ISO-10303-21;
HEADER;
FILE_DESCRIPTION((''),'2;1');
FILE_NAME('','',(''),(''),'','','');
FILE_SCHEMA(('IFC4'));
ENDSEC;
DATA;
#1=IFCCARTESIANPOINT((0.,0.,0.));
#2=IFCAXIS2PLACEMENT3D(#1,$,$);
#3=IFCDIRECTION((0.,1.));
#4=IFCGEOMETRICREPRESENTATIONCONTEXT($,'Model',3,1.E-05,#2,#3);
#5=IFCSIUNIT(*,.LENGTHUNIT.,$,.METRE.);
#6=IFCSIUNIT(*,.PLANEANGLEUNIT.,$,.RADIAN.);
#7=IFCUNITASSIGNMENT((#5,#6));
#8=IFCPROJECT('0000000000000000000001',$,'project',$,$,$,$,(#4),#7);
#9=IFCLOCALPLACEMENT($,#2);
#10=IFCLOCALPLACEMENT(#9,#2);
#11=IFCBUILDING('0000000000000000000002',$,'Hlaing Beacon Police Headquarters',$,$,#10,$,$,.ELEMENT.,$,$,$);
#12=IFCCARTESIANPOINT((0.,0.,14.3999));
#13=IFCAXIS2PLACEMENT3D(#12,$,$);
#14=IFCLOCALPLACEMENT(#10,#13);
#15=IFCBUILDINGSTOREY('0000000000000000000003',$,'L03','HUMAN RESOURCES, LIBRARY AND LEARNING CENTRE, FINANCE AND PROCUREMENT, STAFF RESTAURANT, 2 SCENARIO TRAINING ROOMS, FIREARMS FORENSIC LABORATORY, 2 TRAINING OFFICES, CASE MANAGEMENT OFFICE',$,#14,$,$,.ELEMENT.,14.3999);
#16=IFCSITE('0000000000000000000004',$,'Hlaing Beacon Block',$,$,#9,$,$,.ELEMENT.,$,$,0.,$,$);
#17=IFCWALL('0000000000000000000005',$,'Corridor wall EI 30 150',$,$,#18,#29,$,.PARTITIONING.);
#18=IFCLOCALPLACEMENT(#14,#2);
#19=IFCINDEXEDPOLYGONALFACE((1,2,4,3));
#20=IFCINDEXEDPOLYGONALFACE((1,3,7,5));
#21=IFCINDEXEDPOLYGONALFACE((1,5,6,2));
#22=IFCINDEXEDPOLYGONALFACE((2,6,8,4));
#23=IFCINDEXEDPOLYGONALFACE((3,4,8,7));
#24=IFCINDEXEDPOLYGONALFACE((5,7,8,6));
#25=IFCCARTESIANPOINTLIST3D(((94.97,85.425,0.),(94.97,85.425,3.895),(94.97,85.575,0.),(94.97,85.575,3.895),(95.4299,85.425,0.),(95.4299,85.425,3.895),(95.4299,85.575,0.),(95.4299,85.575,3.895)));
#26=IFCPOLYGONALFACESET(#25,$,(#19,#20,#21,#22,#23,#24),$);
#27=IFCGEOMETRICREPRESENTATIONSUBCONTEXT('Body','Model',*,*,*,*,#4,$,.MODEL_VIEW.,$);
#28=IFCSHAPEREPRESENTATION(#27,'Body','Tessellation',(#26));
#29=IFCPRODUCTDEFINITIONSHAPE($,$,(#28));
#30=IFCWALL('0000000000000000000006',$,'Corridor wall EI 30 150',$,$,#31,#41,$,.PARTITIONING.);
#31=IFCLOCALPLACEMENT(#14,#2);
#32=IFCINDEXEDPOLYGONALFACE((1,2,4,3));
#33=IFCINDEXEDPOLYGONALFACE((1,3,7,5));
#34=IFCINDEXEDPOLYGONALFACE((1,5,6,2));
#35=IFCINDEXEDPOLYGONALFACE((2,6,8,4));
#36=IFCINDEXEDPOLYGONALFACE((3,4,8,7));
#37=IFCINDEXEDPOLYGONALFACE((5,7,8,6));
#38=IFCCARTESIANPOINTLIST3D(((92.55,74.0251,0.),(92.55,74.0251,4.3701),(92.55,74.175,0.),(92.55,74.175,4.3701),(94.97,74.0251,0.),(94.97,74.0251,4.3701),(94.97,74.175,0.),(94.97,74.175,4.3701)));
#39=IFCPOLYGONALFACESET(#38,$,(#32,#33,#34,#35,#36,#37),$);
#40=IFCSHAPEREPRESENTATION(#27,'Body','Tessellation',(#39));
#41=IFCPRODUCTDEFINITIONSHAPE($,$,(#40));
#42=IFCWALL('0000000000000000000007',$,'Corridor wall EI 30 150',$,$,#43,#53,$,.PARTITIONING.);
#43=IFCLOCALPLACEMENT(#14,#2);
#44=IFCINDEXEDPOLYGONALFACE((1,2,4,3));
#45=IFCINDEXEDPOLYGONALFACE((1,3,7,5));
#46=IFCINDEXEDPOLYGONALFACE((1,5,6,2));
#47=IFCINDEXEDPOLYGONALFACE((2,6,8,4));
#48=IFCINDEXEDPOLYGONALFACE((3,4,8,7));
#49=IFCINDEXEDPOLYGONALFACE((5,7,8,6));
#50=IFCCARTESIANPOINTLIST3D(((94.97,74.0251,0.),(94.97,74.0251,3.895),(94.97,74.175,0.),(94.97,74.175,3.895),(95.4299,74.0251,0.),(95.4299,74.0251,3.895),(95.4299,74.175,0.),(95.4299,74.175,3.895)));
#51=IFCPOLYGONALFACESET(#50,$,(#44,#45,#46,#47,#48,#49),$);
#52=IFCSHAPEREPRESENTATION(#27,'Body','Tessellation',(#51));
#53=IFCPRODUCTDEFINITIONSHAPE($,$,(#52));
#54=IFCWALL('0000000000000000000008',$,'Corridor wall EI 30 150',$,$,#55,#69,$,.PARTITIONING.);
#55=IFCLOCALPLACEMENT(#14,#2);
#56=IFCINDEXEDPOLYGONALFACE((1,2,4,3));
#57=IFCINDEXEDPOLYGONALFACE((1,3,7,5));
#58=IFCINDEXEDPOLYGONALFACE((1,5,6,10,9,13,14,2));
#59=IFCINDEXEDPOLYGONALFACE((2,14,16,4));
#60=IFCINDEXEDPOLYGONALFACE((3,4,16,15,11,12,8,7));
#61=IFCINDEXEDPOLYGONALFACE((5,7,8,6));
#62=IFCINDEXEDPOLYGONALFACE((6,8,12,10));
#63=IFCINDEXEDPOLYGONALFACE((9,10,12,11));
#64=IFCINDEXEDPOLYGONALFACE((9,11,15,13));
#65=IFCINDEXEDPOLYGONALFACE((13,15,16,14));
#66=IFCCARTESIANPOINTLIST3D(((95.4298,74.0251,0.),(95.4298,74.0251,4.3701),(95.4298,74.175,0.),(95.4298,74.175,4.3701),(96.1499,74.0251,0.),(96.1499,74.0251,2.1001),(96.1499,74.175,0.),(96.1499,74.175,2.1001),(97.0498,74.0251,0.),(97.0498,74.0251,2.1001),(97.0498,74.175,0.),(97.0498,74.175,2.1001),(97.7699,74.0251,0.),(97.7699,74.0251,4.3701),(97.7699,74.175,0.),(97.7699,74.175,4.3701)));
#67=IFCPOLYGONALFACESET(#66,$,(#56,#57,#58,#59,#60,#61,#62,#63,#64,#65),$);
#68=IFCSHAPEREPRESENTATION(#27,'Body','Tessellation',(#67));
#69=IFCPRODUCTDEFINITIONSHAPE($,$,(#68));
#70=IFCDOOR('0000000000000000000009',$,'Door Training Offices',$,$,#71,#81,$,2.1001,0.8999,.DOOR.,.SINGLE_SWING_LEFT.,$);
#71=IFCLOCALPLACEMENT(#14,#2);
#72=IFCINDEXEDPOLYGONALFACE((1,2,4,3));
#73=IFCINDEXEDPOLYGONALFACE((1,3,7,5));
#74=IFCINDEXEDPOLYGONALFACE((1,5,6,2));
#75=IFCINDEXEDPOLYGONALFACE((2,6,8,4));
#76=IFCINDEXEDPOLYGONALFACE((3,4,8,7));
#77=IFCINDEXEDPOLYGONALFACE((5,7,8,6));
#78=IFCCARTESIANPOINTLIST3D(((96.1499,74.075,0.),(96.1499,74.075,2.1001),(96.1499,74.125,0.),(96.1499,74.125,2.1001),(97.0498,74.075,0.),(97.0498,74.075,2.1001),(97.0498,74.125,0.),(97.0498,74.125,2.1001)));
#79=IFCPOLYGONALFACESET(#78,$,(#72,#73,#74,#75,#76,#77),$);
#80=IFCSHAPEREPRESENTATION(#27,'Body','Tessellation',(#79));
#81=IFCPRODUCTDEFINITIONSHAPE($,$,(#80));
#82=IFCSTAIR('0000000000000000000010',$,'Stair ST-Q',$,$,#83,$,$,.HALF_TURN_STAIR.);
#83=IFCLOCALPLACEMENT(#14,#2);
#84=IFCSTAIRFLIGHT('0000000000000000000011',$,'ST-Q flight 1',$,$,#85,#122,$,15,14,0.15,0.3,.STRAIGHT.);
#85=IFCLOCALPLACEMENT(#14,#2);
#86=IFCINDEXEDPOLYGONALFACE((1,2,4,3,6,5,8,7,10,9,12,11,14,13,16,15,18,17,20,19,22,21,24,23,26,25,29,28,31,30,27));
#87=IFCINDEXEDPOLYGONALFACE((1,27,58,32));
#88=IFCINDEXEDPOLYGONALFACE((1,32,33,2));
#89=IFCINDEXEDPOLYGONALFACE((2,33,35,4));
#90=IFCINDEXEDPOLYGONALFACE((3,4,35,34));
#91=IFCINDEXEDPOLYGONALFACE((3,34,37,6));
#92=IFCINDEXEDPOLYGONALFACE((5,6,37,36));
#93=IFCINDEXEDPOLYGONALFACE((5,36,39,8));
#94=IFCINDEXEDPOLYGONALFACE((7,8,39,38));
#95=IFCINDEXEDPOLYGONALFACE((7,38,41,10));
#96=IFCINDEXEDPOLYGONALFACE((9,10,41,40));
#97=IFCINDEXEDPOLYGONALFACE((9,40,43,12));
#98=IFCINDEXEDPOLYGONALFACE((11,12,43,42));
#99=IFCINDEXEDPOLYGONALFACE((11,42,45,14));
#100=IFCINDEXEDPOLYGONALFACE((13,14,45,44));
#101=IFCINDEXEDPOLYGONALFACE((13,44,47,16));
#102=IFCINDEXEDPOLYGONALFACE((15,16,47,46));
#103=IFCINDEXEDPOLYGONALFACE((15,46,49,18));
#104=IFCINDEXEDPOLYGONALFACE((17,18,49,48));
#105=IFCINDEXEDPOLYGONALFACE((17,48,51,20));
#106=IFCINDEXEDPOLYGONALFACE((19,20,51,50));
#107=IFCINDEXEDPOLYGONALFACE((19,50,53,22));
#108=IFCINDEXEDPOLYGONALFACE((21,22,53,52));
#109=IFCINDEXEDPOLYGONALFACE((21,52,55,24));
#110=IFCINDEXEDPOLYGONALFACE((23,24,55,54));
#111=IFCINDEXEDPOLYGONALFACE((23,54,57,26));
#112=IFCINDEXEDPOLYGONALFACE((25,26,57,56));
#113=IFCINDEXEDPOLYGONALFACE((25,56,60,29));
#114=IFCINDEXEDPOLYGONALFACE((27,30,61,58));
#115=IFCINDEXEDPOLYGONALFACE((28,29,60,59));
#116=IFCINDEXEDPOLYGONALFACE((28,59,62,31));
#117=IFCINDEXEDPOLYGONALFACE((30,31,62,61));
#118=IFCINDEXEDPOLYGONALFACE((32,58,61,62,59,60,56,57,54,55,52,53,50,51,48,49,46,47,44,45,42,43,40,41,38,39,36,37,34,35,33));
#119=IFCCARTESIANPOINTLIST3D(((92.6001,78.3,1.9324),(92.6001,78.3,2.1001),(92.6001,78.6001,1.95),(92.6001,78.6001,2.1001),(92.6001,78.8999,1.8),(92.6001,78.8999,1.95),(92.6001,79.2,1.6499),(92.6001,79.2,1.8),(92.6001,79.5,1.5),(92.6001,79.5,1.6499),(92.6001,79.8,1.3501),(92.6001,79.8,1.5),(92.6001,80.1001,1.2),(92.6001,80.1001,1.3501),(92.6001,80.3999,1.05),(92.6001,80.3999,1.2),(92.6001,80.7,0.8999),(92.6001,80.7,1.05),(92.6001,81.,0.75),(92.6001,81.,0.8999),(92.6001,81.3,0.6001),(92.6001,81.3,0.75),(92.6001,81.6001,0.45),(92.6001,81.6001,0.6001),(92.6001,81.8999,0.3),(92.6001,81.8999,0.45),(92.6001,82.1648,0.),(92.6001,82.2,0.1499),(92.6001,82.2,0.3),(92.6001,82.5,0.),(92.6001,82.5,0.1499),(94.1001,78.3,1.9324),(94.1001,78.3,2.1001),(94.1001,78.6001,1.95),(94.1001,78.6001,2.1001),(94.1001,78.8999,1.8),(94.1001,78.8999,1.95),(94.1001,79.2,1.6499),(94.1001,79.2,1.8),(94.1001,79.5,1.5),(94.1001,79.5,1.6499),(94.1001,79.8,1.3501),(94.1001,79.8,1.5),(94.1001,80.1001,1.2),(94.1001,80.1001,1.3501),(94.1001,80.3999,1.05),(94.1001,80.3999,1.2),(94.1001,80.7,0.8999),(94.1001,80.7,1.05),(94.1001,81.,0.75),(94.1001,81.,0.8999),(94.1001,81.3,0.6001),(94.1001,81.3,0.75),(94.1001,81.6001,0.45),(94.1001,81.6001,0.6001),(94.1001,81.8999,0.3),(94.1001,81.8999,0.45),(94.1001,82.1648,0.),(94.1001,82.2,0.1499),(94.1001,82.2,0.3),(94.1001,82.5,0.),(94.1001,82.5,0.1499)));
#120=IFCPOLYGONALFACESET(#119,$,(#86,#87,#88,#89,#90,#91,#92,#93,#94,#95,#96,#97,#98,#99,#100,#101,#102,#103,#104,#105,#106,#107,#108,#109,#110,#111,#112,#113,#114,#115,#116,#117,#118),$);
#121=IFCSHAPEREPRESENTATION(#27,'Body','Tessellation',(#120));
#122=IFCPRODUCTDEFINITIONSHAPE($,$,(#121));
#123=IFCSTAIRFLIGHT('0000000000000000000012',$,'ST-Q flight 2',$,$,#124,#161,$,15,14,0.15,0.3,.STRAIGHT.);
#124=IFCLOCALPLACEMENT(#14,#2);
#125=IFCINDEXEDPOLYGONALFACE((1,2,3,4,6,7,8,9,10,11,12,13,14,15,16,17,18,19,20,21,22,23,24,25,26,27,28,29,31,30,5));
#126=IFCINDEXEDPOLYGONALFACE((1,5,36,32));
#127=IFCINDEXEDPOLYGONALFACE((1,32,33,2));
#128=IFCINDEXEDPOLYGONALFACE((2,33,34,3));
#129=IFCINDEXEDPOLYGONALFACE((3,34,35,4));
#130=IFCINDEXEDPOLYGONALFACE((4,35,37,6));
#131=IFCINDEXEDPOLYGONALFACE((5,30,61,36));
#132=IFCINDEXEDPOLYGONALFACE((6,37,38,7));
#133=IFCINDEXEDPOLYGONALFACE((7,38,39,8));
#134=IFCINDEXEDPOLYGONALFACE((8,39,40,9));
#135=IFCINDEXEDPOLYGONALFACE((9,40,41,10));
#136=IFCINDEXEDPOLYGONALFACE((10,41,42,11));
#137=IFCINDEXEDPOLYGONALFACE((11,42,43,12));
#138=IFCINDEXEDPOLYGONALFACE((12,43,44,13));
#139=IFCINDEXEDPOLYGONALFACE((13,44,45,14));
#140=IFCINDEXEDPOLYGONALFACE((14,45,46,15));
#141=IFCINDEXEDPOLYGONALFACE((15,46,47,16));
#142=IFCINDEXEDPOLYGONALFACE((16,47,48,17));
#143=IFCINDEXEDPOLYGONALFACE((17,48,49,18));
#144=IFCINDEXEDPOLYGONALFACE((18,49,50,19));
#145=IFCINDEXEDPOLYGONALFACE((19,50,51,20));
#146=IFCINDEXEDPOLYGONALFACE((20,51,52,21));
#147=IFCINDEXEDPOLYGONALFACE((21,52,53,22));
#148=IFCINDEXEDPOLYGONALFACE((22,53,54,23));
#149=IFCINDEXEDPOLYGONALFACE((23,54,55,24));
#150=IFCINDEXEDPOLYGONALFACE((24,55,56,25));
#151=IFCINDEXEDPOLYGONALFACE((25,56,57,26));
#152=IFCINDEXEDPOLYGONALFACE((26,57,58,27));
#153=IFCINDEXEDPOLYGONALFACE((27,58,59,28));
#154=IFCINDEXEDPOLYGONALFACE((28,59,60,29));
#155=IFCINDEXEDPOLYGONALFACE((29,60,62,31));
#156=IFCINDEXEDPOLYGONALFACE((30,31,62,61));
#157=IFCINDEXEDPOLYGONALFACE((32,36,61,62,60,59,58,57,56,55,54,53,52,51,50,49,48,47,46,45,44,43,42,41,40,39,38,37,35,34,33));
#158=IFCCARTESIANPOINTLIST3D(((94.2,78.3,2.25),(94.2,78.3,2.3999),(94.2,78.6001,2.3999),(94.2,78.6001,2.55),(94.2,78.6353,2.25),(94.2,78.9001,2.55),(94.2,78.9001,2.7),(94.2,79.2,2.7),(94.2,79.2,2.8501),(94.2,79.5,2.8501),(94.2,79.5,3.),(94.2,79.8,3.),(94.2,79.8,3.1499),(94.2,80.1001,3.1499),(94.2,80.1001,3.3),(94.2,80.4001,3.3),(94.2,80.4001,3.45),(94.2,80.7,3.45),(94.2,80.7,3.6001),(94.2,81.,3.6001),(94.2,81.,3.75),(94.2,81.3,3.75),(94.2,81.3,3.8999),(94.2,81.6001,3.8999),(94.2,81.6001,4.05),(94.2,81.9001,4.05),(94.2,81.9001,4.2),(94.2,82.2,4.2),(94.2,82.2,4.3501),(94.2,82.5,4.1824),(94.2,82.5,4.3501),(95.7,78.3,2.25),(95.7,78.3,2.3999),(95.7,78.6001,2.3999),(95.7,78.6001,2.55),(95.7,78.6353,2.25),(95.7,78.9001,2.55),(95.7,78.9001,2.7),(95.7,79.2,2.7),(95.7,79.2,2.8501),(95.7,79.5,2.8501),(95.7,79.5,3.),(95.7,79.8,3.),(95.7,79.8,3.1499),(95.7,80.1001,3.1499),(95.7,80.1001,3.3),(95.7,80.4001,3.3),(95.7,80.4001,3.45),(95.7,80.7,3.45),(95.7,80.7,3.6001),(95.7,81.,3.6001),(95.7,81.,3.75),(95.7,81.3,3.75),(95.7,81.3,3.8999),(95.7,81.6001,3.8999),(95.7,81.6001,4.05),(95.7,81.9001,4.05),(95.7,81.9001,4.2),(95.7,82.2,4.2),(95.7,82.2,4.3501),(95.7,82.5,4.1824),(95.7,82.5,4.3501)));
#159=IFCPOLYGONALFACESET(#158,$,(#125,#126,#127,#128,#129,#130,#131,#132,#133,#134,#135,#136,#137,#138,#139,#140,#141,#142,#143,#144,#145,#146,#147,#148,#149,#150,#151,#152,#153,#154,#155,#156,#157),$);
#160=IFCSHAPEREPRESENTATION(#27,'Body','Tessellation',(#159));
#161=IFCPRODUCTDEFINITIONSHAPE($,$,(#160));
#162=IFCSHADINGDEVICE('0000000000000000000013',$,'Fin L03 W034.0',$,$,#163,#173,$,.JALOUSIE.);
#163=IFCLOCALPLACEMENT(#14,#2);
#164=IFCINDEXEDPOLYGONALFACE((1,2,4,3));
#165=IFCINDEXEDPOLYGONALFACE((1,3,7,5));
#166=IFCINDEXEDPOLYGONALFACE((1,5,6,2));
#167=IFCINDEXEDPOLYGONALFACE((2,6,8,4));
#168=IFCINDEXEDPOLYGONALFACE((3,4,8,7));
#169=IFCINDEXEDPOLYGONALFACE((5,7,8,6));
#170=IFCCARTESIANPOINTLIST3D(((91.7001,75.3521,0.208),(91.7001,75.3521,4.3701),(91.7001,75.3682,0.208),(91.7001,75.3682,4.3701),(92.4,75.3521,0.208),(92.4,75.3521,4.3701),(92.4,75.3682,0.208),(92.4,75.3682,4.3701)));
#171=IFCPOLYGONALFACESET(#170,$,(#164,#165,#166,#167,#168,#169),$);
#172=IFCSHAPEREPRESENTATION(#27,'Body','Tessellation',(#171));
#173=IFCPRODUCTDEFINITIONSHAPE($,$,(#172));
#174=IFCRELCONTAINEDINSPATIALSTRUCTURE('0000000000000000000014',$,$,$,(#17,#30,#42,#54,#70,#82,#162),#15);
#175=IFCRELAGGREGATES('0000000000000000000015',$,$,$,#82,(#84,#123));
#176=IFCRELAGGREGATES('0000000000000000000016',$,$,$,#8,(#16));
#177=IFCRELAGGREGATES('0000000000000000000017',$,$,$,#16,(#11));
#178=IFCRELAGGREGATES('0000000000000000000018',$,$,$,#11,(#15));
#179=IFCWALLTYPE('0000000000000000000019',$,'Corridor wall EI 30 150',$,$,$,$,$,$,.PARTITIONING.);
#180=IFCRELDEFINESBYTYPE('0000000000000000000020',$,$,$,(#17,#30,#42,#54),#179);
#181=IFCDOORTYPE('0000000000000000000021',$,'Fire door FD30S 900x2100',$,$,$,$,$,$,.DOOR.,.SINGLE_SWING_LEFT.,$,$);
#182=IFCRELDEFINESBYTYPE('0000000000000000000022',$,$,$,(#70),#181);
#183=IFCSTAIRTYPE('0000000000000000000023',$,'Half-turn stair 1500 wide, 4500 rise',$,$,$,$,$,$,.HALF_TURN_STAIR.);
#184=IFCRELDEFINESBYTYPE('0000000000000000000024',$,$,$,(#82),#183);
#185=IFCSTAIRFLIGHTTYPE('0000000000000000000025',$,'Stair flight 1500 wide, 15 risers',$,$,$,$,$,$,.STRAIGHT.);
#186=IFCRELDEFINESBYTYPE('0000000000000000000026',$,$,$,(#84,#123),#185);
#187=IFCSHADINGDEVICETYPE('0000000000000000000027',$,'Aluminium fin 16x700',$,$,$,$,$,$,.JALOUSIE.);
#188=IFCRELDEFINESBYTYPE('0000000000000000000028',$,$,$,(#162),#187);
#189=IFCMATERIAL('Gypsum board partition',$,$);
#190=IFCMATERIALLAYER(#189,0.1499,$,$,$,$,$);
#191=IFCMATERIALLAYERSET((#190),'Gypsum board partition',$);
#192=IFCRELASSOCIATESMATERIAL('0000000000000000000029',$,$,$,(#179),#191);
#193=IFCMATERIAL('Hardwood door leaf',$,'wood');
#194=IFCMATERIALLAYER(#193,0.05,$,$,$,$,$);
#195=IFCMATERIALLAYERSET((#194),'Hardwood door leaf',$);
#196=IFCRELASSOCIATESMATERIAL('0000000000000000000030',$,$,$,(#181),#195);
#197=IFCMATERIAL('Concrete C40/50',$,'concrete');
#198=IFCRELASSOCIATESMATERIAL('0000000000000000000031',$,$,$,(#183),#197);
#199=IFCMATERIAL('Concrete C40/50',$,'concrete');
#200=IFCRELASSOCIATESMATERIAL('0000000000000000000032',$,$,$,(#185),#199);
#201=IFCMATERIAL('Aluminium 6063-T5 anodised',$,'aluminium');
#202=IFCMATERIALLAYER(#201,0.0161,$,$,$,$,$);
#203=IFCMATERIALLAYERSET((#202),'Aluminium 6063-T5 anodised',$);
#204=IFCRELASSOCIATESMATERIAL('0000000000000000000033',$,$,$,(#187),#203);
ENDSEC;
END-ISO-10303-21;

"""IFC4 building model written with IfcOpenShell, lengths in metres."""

from ifc_helpers import new_model, si_unit, direction, frame, frame_2d, origin, origin_2d, place, context, subcontext, project, spatial, polyline, rectangle, outline, extrude, material, layer, layer_set, type_object, element, fill, aggregate, save


model = new_model("IFC4")

# Units and contexts
model_context = context("Model", 3, precision=1e-05, world=origin(), true_north=direction((0.0, 1.0)))
body_context = subcontext(model_context, "Body", "Model", "MODEL_VIEW")
ifc_project = project(units=[si_unit("LENGTHUNIT", "METRE"), si_unit("PLANEANGLEUNIT", "RADIAN")], contexts=[model_context])

# Site, building, storey
site_placement = place(None, origin())
site = spatial("IfcSite", under=ifc_project, at=site_placement, Name="Hlaing Beacon Block", CompositionType="ELEMENT", RefElevation=0.0)
building_placement = place(site_placement, origin())
building = spatial("IfcBuilding", under=site, at=building_placement, Name="Hlaing Beacon Police Headquarters", CompositionType="ELEMENT")
storey_placement = place(building_placement, frame((0.0, 0.0, 14.3999)))
storey = spatial("IfcBuildingStorey", under=building, at=storey_placement, Name="L03", Description="HUMAN RESOURCES, LIBRARY AND LEARNING CENTRE, FINANCE AND PROCUREMENT, STAFF RESTAURANT, 2 SCENARIO TRAINING ROOMS, FIREARMS FORENSIC LABORATORY, 2 TRAINING OFFICES, CASE MANAGEMENT OFFICE", CompositionType="ELEMENT", Elevation=14.3999)

# Walls
ifc_material_1 = material(Name="Gypsum board partition")
ifc_layer_1 = layer(ifc_material_1, 0.1499)
ifc_layer_set_1 = layer_set([ifc_layer_1], Name="Gypsum board partition")
wall_type_1 = type_object("IfcWallType", Name="Corridor wall EI 30 150", PredefinedType="PARTITIONING", material=ifc_layer_set_1)
wall_1_placement = place(storey_placement, frame((94.97, 85.5, 0.0), z_axis=(0.0, 0.0, 1.0), x_axis=(1.0, 0.0, 0.0)))
element("IfcWall", 1, at=wall_1_placement, inside=storey, type_object=wall_type_1, Name="Corridor wall EI 30 150", PredefinedType="PARTITIONING", context=body_context, shape_type="SweptSolid", body=[
    extrude(rectangle(XDim=0.46, YDim=0.1499, at=frame_2d((0.23, 0.0))), origin(), (0.0, 0.0, 1.0), 3.895),
])
wall_2_placement = place(storey_placement, frame((92.55, 74.1001, 0.0), z_axis=(0.0, 0.0, 1.0), x_axis=(1.0, 0.0, 0.0)))
element("IfcWall", 2, at=wall_2_placement, inside=storey, type_object=wall_type_1, Name="Corridor wall EI 30 150", PredefinedType="PARTITIONING", context=body_context, shape_type="SweptSolid", body=[
    extrude(rectangle(XDim=2.4199, YDim=0.1499, at=frame_2d((1.21, 0.0))), origin(), (0.0, 0.0, 1.0), 4.3701),
])
wall_3_placement = place(storey_placement, frame((94.97, 74.1001, 0.0), z_axis=(0.0, 0.0, 1.0), x_axis=(1.0, 0.0, 0.0)))
element("IfcWall", 3, at=wall_3_placement, inside=storey, type_object=wall_type_1, Name="Corridor wall EI 30 150", PredefinedType="PARTITIONING", context=body_context, shape_type="SweptSolid", body=[
    extrude(rectangle(XDim=0.46, YDim=0.1499, at=frame_2d((0.23, 0.0))), origin(), (0.0, 0.0, 1.0), 3.895),
])

# Wall, opening, door
wall_4_placement = place(storey_placement, frame((95.4299, 74.1001, 0.0), z_axis=(0.0, 0.0, 1.0), x_axis=(1.0, 0.0, 0.0)))
wall_4 = element("IfcWall", 4, at=wall_4_placement, inside=storey, type_object=wall_type_1, Name="Corridor wall EI 30 150", PredefinedType="PARTITIONING", context=body_context, shape_type="SweptSolid", body=[
    extrude(rectangle(XDim=2.3401, YDim=0.1499, at=frame_2d((1.1699, 0.0))), origin(), (0.0, 0.0, 1.0), 4.3701),
])
opening_placement = place(wall_4_placement, frame((0.72, 0.0, 0.0)))
opening = element("IfcOpeningElement", 5, at=opening_placement, cuts=wall_4, PredefinedType="OPENING", context=body_context, shape_type="SweptSolid", body=[
    extrude(rectangle(XDim=0.8999, YDim=2.1001, at=frame_2d((0.45, 1.05))), frame((0.0, 0.085, 0.0), z_axis=(0.0, -1.0, 0.0), x_axis=(1.0, 0.0, 0.0)), (0.0, 0.0, 1.0), 0.1699),
])
ifc_material_2 = material(Name="Hardwood door leaf", Category="wood")
ifc_layer_2 = layer(ifc_material_2, 0.05)
ifc_layer_set_2 = layer_set([ifc_layer_2], Name="Hardwood door leaf")
door_type = type_object("IfcDoorType", Name="Fire door FD30S 900x2100", OperationType="SINGLE_SWING_LEFT", PredefinedType="DOOR", material=ifc_layer_set_2)
door_placement = place(opening_placement, frame((0.8999, 0.0, 0.0), z_axis=(0.0, 0.0, 1.0), x_axis=(-1.0, 0.0, 0.0)))
door = element("IfcDoor", 6, at=door_placement, inside=storey, type_object=door_type, Name="Door Training Offices", OperationType="SINGLE_SWING_LEFT", OverallHeight=2.1001, OverallWidth=0.8999, PredefinedType="DOOR", context=body_context, shape_type="SweptSolid", body=[
    extrude(rectangle(XDim=0.8999, YDim=2.1001, at=frame_2d((0.45, 1.05))), frame((0.0, 0.0251, 0.0), z_axis=(0.0, -1.0, 0.0), x_axis=(1.0, 0.0, 0.0)), (0.0, 0.0, 1.0), 0.05),
])
fill(opening, door)

# Stair, stair flights
ifc_material_3 = material(Name="Concrete C40/50", Category="concrete")
stair_type = type_object("IfcStairType", Name="Half-turn stair 1500 wide, 4500 rise", PredefinedType="HALF_TURN_STAIR", material=ifc_material_3)
stair_placement = place(storey_placement, origin())
stair = element("IfcStair", 7, at=stair_placement, inside=storey, type_object=stair_type, Name="Stair ST-Q", PredefinedType="HALF_TURN_STAIR")
ifc_material_4 = material(Name="Concrete C40/50", Category="concrete")
stair_flight_type = type_object("IfcStairFlightType", Name="Stair flight 1500 wide, 15 risers", PredefinedType="STRAIGHT", material=ifc_material_4)
stair_flight_1_placement = place(storey_placement, frame((93.3501, 82.5, 0.0), z_axis=(0.0, 0.0, 1.0), x_axis=(0.0, -1.0, 0.0)))
stair_flight_1 = element("IfcStairFlight", 8, at=stair_flight_1_placement, type_object=stair_flight_type, Name="ST-Q flight 1", NumberOfRisers=15, NumberOfTreads=14, PredefinedType="STRAIGHT", RiserHeight=0.15, TreadLength=0.3, context=body_context, shape_type="SweptSolid", body=[
    extrude(outline(polyline([(0.0, 0.0), (0.0, 0.1499), (0.3, 0.1499), (0.3, 0.3), (0.6001, 0.3), (0.6001, 0.45), (0.8999, 0.45), (0.8999, 0.6001), (1.2, 0.6001), (1.2, 0.75), (1.5, 0.75), (1.5, 0.8999), (1.8, 0.8999), (1.8, 1.05), (2.1001, 1.05), (2.1001, 1.2), (2.3999, 1.2), (2.3999, 1.3501), (2.7, 1.3501), (2.7, 1.5), (3.0, 1.5), (3.0, 1.6499), (3.3, 1.6499), (3.3, 1.8), (3.6001, 1.8), (3.6001, 1.95), (3.8999, 1.95), (3.8999, 2.1001), (4.2, 2.1001), (4.2, 2.25), (4.2, 1.9324), (0.3352, 0.0), (0.0, 0.0)])), frame((0.0, 0.75, 0.0), z_axis=(0.0, -1.0, 0.0), x_axis=(1.0, 0.0, 0.0)), (0.0, 0.0, 1.0), 1.5),
])
stair_flight_2_placement = place(storey_placement, frame((94.95, 78.3, 2.25), z_axis=(0.0, 0.0, 1.0), x_axis=(0.0, 1.0, 0.0)))
stair_flight_2 = element("IfcStairFlight", 9, at=stair_flight_2_placement, type_object=stair_flight_type, Name="ST-Q flight 2", NumberOfRisers=15, NumberOfTreads=14, PredefinedType="STRAIGHT", RiserHeight=0.15, TreadLength=0.3, context=body_context, shape_type="SweptSolid", body=[
    extrude(outline(polyline([(0.0, 0.0), (0.0, 0.1499), (0.3, 0.1499), (0.3, 0.3), (0.6001, 0.3), (0.6001, 0.45), (0.8999, 0.45), (0.8999, 0.6001), (1.2, 0.6001), (1.2, 0.75), (1.5, 0.75), (1.5, 0.8999), (1.8, 0.8999), (1.8, 1.05), (2.1001, 1.05), (2.1001, 1.2), (2.3999, 1.2), (2.3999, 1.3501), (2.7, 1.3501), (2.7, 1.5), (3.0, 1.5), (3.0, 1.6499), (3.3, 1.6499), (3.3, 1.8), (3.6001, 1.8), (3.6001, 1.95), (3.8999, 1.95), (3.8999, 2.1001), (4.2, 2.1001), (4.2, 2.25), (4.2, 1.9324), (0.3352, 0.0), (0.0, 0.0)])), frame((0.0, 0.75, 0.0), z_axis=(0.0, -1.0, 0.0), x_axis=(1.0, 0.0, 0.0)), (0.0, 0.0, 1.0), 1.5),
])
aggregate(stair, [stair_flight_1, stair_flight_2])

# Shading device
ifc_material_5 = material(Name="Aluminium 6063-T5 anodised", Category="aluminium")
ifc_layer_3 = layer(ifc_material_5, 0.0161)
ifc_layer_set_3 = layer_set([ifc_layer_3], Name="Aluminium 6063-T5 anodised")
shading_device_type = type_object("IfcShadingDeviceType", Name="Aluminium fin 16x700", PredefinedType="JALOUSIE", material=ifc_layer_set_3)
shading_device_placement = place(storey_placement, frame((92.05, 75.3601, 0.208), z_axis=(0.0, 0.0, 1.0), x_axis=(0.0, -1.0, 0.0)))
element("IfcShadingDevice", 10, at=shading_device_placement, inside=storey, type_object=shading_device_type, Name="Fin L03 W034.0", PredefinedType="JALOUSIE", context=body_context, shape_type="SweptSolid", body=[
    extrude(rectangle(XDim=0.0161, YDim=0.7, at=origin_2d()), origin(), (0.0, 0.0, 1.0), 4.1621),
])

save(model, "model.ifc")
